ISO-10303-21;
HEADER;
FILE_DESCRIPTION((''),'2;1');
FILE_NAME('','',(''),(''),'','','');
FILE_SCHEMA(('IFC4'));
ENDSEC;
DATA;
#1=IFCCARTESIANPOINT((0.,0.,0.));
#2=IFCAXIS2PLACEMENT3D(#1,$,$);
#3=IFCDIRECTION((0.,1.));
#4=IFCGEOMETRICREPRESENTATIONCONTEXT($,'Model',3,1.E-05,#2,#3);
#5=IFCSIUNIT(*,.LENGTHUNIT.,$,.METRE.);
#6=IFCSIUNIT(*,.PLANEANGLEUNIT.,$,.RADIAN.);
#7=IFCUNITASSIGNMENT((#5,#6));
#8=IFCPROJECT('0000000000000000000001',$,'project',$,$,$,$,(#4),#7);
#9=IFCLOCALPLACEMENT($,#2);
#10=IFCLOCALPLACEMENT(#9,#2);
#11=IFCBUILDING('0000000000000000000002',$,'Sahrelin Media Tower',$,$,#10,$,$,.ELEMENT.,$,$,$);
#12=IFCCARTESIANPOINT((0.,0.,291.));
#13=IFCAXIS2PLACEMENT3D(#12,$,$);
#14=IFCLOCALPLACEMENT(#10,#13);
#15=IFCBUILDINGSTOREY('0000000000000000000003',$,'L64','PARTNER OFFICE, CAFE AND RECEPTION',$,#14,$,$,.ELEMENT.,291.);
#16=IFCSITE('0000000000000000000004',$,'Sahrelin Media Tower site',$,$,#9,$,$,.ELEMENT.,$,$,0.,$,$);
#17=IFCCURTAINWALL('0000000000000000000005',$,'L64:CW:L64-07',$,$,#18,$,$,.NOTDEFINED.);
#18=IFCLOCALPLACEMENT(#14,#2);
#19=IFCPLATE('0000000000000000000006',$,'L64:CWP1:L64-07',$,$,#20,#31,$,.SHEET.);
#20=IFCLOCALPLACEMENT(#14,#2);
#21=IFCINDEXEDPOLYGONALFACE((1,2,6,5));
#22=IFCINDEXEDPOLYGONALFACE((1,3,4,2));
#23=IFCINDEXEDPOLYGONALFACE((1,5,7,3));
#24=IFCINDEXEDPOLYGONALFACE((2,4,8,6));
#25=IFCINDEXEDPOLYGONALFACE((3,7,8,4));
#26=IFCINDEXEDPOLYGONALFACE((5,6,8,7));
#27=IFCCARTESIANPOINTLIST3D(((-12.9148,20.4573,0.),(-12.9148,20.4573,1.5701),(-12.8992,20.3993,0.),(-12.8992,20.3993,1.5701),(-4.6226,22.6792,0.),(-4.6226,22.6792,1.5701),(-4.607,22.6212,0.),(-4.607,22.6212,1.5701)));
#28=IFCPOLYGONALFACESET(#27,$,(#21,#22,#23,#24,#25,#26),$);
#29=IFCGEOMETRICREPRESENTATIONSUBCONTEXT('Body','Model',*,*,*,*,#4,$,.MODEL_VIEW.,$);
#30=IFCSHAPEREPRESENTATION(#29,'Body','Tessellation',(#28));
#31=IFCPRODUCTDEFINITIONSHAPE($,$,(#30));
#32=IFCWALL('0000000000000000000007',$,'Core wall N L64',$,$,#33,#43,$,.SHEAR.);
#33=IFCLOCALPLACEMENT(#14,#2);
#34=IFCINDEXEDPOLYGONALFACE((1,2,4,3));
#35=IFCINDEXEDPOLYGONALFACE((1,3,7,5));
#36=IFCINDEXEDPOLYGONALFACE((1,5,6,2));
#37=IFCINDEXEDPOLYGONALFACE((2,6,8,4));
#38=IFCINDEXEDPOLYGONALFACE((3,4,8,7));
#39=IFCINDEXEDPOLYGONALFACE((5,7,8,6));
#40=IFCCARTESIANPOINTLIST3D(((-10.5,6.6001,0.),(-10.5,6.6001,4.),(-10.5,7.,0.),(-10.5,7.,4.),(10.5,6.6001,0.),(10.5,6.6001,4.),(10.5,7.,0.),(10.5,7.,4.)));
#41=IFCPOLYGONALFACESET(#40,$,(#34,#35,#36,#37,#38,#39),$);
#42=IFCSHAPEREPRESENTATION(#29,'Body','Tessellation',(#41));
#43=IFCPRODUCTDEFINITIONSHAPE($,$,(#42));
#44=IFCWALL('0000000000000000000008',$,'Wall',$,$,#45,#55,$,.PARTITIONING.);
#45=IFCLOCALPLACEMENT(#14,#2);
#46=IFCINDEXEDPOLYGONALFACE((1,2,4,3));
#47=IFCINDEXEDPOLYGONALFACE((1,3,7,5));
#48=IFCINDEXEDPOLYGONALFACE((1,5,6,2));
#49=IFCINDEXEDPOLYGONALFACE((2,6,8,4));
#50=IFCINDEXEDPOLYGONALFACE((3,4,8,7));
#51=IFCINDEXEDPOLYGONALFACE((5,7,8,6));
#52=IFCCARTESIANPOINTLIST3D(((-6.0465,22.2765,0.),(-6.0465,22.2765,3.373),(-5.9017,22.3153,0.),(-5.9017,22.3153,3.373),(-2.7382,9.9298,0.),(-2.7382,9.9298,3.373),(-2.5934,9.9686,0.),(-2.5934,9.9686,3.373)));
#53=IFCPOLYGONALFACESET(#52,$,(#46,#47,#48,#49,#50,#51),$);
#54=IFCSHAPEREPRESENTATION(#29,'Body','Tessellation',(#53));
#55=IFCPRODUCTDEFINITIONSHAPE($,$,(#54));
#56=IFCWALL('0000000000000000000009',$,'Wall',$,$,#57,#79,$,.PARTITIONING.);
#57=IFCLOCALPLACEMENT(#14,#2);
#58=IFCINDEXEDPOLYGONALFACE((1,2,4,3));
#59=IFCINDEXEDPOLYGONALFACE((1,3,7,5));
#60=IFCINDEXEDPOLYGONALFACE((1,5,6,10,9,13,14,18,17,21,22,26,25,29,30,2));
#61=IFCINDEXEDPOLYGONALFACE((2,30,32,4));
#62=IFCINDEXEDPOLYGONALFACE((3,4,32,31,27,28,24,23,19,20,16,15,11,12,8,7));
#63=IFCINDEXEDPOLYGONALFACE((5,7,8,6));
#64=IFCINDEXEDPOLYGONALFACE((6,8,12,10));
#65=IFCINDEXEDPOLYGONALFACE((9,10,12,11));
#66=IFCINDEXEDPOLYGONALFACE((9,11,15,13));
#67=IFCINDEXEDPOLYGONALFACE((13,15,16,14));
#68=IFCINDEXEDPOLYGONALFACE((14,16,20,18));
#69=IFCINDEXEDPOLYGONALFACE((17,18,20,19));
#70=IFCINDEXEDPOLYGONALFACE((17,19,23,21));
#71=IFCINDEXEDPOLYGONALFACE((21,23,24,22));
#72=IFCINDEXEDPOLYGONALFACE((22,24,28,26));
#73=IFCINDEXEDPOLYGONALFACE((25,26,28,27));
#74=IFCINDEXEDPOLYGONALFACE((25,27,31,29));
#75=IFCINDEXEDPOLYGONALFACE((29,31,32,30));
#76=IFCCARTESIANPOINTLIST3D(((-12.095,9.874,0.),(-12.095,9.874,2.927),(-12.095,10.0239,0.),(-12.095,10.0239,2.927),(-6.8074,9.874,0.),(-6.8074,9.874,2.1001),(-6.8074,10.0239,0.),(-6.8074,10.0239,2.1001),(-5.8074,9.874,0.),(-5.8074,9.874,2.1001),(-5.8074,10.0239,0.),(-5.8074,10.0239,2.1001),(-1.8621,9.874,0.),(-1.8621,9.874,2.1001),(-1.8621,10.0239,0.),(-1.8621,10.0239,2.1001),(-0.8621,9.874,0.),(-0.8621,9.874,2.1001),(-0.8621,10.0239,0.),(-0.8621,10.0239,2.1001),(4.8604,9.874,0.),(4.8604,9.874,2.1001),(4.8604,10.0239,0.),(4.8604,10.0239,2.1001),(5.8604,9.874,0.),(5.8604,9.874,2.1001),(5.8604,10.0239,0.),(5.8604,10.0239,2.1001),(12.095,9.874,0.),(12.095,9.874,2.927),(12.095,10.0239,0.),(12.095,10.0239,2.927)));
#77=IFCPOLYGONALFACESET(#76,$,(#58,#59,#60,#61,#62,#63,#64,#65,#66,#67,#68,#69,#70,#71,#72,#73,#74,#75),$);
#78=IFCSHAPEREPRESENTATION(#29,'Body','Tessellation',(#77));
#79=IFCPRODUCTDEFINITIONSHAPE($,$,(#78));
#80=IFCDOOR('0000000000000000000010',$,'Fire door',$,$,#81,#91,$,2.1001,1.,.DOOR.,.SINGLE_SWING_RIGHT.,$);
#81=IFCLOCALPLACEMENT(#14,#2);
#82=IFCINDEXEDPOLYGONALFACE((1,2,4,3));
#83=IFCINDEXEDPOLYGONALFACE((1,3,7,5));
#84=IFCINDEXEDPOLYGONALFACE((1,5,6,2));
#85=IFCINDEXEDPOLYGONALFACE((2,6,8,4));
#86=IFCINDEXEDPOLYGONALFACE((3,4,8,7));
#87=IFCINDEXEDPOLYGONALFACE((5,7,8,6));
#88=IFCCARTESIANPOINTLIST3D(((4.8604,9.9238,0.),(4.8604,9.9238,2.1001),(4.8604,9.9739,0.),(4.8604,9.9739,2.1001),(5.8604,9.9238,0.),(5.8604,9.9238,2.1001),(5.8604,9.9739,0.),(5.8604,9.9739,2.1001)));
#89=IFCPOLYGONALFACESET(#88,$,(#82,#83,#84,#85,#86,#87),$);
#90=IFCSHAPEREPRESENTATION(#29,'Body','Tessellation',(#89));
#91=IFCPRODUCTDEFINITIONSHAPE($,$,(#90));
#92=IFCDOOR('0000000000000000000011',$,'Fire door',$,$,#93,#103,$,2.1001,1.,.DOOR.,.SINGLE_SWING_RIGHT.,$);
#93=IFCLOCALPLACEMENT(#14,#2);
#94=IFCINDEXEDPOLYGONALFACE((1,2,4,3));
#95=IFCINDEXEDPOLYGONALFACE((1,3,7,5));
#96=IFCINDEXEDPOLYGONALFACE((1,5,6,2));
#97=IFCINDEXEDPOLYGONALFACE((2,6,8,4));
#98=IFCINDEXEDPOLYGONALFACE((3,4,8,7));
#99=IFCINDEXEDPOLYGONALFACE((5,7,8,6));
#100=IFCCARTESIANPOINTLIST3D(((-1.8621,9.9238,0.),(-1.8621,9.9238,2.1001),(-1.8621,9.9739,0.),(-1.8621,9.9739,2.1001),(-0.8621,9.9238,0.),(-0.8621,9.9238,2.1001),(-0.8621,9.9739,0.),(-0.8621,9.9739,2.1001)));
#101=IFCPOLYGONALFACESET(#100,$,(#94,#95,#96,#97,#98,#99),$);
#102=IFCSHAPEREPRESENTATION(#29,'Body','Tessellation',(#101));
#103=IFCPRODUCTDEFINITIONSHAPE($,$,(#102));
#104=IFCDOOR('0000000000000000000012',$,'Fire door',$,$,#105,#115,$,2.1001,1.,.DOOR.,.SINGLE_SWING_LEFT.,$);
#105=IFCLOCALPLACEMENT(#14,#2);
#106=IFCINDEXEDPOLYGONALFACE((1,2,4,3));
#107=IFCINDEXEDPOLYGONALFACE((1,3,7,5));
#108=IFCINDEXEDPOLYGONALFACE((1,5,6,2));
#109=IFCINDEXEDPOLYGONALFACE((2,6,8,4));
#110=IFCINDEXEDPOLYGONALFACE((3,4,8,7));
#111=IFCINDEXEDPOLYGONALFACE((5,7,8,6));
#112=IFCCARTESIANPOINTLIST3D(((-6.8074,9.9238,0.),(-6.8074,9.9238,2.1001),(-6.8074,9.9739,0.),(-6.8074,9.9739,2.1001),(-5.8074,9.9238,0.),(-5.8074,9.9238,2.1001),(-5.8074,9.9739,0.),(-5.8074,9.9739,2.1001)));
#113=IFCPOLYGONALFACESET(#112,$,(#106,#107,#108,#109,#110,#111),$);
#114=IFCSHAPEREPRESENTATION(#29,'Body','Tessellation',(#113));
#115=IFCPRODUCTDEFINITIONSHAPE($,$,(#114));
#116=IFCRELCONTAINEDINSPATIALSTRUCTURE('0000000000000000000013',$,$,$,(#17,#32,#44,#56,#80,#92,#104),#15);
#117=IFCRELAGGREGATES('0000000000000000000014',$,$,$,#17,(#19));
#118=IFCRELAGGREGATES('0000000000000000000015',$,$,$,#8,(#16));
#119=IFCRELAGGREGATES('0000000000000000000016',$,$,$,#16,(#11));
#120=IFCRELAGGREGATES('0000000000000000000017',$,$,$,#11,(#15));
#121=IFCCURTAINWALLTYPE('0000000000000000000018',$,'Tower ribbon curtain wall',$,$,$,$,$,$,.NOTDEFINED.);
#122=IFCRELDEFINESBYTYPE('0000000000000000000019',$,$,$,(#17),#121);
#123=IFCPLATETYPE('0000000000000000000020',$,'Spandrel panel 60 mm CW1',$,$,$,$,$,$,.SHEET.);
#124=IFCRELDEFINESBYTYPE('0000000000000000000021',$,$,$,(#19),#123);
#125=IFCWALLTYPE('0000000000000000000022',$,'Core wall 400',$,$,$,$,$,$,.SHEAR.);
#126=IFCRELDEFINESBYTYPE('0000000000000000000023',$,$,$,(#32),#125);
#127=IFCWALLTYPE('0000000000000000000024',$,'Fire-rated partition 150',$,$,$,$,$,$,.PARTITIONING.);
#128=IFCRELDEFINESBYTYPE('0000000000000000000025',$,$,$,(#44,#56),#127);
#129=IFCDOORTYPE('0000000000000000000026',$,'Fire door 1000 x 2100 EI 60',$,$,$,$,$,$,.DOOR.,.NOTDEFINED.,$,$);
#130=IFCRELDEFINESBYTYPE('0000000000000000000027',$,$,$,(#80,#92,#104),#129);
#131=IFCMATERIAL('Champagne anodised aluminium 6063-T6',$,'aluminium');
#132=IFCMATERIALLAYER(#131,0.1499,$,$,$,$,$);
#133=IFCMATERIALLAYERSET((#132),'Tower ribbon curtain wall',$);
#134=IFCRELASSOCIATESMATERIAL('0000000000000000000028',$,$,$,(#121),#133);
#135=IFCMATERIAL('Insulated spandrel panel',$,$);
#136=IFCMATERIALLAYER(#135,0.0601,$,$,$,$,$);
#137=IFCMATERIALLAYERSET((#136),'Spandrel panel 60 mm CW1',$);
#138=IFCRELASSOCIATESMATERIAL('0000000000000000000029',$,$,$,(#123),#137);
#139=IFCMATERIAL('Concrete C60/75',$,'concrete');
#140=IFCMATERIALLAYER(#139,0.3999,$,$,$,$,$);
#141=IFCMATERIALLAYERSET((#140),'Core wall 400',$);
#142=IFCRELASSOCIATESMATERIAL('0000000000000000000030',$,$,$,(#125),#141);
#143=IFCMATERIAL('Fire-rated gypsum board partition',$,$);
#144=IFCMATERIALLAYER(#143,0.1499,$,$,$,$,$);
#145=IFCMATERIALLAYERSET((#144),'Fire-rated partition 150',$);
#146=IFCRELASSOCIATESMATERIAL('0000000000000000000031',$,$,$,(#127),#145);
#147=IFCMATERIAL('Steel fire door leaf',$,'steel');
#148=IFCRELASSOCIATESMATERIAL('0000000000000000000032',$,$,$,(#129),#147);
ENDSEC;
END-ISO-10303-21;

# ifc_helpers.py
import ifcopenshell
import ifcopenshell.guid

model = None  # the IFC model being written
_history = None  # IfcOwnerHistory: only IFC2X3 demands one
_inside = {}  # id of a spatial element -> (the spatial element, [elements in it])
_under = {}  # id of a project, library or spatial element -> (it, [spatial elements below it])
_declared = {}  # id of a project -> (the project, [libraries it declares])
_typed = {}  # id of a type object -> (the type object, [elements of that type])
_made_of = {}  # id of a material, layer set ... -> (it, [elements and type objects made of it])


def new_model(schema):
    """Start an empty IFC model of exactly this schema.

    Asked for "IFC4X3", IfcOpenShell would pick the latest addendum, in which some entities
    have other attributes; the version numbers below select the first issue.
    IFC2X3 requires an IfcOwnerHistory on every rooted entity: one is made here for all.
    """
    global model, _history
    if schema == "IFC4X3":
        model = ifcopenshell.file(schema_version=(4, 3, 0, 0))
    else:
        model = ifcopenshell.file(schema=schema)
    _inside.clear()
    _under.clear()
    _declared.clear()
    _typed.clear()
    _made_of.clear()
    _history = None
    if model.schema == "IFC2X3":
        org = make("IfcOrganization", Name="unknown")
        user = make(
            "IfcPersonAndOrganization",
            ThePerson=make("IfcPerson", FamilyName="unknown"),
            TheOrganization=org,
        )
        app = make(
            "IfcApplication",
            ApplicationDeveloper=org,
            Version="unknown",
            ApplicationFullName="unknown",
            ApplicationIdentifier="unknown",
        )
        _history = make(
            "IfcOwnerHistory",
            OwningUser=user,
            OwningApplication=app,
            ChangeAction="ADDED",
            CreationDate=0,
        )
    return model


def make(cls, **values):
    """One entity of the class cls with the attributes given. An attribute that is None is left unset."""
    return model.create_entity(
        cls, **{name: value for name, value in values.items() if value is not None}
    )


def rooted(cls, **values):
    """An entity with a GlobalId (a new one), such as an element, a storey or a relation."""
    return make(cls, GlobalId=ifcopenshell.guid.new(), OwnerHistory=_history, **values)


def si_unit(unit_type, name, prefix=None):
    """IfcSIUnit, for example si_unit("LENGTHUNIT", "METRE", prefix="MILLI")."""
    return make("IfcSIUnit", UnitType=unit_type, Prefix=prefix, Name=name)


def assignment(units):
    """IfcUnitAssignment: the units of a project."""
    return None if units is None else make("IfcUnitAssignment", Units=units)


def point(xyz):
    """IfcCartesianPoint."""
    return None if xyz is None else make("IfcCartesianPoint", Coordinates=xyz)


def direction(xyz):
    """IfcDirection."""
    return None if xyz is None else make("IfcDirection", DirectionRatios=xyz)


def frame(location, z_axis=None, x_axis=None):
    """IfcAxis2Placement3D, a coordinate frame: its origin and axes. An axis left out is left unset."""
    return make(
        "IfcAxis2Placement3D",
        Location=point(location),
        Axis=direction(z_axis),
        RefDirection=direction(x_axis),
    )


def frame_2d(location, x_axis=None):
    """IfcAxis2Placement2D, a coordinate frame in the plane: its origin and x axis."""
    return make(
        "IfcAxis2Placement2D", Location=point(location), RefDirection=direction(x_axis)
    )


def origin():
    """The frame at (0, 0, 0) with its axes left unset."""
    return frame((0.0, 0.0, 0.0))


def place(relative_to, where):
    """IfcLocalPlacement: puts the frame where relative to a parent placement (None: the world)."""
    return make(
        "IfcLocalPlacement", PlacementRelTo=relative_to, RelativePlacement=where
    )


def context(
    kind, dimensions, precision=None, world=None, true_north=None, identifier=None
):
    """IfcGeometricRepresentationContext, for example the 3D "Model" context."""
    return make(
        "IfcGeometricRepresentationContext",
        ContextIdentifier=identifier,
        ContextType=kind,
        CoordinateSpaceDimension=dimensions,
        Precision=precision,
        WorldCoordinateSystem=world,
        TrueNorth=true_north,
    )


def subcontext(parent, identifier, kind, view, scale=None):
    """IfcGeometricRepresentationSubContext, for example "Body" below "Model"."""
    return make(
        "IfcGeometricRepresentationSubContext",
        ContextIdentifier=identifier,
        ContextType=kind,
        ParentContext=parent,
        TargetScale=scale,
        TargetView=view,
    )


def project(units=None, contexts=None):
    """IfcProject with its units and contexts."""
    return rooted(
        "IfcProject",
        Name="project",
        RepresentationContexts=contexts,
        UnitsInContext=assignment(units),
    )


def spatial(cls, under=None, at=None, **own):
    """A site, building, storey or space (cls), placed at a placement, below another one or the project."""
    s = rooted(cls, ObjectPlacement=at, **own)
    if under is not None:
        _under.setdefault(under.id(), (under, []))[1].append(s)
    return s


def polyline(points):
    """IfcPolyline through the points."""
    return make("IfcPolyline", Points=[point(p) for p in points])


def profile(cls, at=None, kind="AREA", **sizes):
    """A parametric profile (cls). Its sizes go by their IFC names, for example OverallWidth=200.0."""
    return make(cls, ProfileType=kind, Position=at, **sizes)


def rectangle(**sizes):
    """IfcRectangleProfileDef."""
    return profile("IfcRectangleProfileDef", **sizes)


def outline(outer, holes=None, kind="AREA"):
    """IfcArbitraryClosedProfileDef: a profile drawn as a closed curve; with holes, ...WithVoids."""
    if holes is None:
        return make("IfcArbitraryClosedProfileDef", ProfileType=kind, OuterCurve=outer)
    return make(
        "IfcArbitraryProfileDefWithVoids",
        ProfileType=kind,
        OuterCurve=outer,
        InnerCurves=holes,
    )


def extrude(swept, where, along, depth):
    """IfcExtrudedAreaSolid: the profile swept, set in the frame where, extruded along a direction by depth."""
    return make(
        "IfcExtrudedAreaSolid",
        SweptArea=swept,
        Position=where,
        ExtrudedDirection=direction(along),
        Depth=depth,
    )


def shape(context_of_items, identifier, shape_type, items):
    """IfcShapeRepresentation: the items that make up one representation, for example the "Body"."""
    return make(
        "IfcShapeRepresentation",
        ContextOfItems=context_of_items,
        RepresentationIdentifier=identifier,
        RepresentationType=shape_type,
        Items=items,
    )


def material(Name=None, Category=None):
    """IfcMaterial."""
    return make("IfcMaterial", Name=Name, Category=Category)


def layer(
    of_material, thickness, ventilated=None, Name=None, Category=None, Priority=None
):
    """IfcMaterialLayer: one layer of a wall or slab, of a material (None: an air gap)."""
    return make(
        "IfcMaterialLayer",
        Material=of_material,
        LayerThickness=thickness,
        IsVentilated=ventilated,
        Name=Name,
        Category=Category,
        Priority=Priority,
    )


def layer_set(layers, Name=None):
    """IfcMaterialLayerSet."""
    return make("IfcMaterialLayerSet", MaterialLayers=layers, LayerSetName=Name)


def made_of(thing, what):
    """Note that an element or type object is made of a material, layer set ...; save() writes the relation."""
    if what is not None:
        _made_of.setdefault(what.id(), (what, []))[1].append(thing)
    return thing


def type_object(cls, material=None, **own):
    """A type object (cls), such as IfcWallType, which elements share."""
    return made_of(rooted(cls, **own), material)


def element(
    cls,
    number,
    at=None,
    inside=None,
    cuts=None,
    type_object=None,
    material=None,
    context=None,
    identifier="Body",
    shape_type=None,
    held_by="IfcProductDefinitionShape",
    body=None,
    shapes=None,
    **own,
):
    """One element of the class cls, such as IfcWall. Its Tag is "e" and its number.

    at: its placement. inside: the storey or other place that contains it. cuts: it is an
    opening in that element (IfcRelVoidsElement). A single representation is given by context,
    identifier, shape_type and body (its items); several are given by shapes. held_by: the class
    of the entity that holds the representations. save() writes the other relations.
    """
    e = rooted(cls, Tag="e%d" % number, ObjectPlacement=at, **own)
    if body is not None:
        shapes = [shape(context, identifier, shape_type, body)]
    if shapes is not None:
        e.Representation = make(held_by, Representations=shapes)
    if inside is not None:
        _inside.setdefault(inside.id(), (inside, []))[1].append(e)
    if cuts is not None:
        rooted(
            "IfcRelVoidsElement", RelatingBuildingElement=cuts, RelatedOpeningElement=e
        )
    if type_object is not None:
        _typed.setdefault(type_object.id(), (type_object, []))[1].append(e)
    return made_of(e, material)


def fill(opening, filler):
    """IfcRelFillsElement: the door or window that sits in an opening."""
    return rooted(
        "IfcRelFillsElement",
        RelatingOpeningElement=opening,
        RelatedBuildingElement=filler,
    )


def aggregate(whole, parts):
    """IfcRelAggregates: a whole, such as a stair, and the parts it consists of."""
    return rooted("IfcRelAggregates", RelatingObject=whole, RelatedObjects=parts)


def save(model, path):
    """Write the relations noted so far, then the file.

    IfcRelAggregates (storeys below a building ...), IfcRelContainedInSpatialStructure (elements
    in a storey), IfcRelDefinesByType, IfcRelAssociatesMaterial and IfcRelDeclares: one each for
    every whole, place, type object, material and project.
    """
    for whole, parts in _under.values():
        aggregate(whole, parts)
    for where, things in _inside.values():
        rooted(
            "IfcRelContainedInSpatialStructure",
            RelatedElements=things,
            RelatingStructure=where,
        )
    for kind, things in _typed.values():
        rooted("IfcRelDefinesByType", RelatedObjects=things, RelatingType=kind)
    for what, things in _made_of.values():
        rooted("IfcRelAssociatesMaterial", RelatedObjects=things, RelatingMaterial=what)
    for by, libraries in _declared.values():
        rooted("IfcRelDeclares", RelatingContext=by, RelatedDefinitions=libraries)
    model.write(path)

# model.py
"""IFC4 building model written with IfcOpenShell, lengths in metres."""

from ifc_helpers import new_model, si_unit, direction, frame, frame_2d, origin, place, context, subcontext, project, spatial, polyline, rectangle, outline, extrude, material, layer, layer_set, type_object, element, fill, aggregate, save


model = new_model("IFC4")

# Units and contexts
model_context = context("Model", 3, precision=1e-05, world=origin(), true_north=direction((0.0, 1.0)))
body_context = subcontext(model_context, "Body", "Model", "MODEL_VIEW")
ifc_project = project(units=[si_unit("LENGTHUNIT", "METRE"), si_unit("PLANEANGLEUNIT", "RADIAN")], contexts=[model_context])

# Site, building, storey
site_placement = place(None, origin())
site = spatial("IfcSite", under=ifc_project, at=site_placement, Name="Sahrelin Media Tower site", CompositionType="ELEMENT", RefElevation=0.0)
building_placement = place(site_placement, origin())
building = spatial("IfcBuilding", under=site, at=building_placement, Name="Sahrelin Media Tower", CompositionType="ELEMENT")
storey_placement = place(building_placement, frame((0.0, 0.0, 291.0)))
storey = spatial("IfcBuildingStorey", under=building, at=storey_placement, Name="L64", Description="PARTNER OFFICE, CAFE AND RECEPTION", CompositionType="ELEMENT", Elevation=291.0)

# Curtain wall
ifc_material_1 = material(Name="Champagne anodised aluminium 6063-T6", Category="aluminium")
ifc_layer_1 = layer(ifc_material_1, 0.1499)
ifc_layer_set_1 = layer_set([ifc_layer_1], Name="Tower ribbon curtain wall")
curtain_wall_type = type_object("IfcCurtainWallType", Name="Tower ribbon curtain wall", PredefinedType="NOTDEFINED", material=ifc_layer_set_1)
curtain_wall_1_placement = place(storey_placement, frame((-8.7634, 21.5488, 0.0), z_axis=(0.0, 0.0, 1.0), x_axis=(1.0, 0.0, 0.0)))
curtain_wall_1 = element("IfcCurtainWall", 1, at=curtain_wall_1_placement, inside=storey, type_object=curtain_wall_type, Name="L64:CW:L64-07", PredefinedType="NOTDEFINED")

# Plate
ifc_material_2 = material(Name="Insulated spandrel panel")
ifc_layer_2 = layer(ifc_material_2, 0.0601)
ifc_layer_set_2 = layer_set([ifc_layer_2], Name="Spandrel panel 60 mm CW1")
plate_type_1 = type_object("IfcPlateType", Name="Spandrel panel 60 mm CW1", PredefinedType="SHEET", material=ifc_layer_set_2)
plate_1_placement = place(storey_placement, frame((-4.6226, 22.6792, 0.0), z_axis=(-0.258822, 0.965925, 0.0), x_axis=(-0.965925, -0.258822, 0.0)))
plate_1 = element("IfcPlate", 2, at=plate_1_placement, type_object=plate_type_1, Name="L64:CWP1:L64-07", PredefinedType="SHEET", context=body_context, shape_type="SweptSolid", body=[
    extrude(outline(polyline([(0.0, 0.0), (8.5847, 0.0), (8.5847, 1.5701), (0.0, 1.5701), (0.0, 0.0)])), origin(), (0.0, 0.0, -1.0), 0.0601),
])
aggregate(curtain_wall_1, [plate_1])

# Walls
ifc_material_3 = material(Name="Concrete C60/75", Category="concrete")
ifc_layer_3 = layer(ifc_material_3, 0.3999)
ifc_layer_set_3 = layer_set([ifc_layer_3], Name="Core wall 400")
wall_type_1 = type_object("IfcWallType", Name="Core wall 400", PredefinedType="SHEAR", material=ifc_layer_set_3)
wall_1_placement = place(storey_placement, frame((-10.5, 6.8, 0.0), z_axis=(0.0, 0.0, 1.0), x_axis=(1.0, 0.0, 0.0)))
element("IfcWall", 3, at=wall_1_placement, inside=storey, type_object=wall_type_1, Name="Core wall N L64", PredefinedType="SHEAR", context=body_context, shape_type="SweptSolid", body=[
    extrude(rectangle(XDim=21.0, YDim=0.3999, at=frame_2d((10.5, 0.0))), origin(), (0.0, 0.0, 1.0), 4.0),
])
ifc_material_4 = material(Name="Fire-rated gypsum board partition")
ifc_layer_4 = layer(ifc_material_4, 0.1499)
ifc_layer_set_4 = layer_set([ifc_layer_4], Name="Fire-rated partition 150")
wall_type_2 = type_object("IfcWallType", Name="Fire-rated partition 150", PredefinedType="PARTITIONING", material=ifc_layer_set_4)
wall_2_placement = place(storey_placement, frame((-5.9741, 22.2959, 0.0), z_axis=(0.0, 0.0, 1.0), x_axis=(0.258824, -0.965925, 0.0)))
element("IfcWall", 4, at=wall_2_placement, inside=storey, type_object=wall_type_2, Name="Wall", PredefinedType="PARTITIONING", context=body_context, shape_type="SweptSolid", body=[
    extrude(rectangle(XDim=12.7822, YDim=0.1499, at=frame_2d((6.3911, 0.0))), origin(), (0.0, 0.0, 1.0), 3.373),
])

# Wall, openings, doors
wall_3_placement = place(storey_placement, frame((-12.095, 9.949, 0.0), z_axis=(0.0, 0.0, 1.0), x_axis=(1.0, 0.0, 0.0)))
wall_3 = element("IfcWall", 5, at=wall_3_placement, inside=storey, type_object=wall_type_2, Name="Wall", PredefinedType="PARTITIONING", context=body_context, shape_type="SweptSolid", body=[
    extrude(rectangle(XDim=24.1899, YDim=0.1499, at=frame_2d((12.095, 0.0))), origin(), (0.0, 0.0, 1.0), 2.927),
])
opening_1_placement = place(wall_3_placement, frame((16.9553, 0.0, 0.0)))
opening_1 = element("IfcOpeningElement", 6, at=opening_1_placement, cuts=wall_3, PredefinedType="OPENING", context=body_context, shape_type="SweptSolid", body=[
    extrude(rectangle(XDim=1.0, YDim=2.1001, at=frame_2d((0.5, 1.05))), frame((0.0, 0.075, 0.0), z_axis=(0.0, -1.0, 0.0), x_axis=(1.0, 0.0, 0.0)), (0.0, 0.0, 1.0), 0.1499),
])
opening_2_placement = place(wall_3_placement, frame((10.2329, 0.0, 0.0)))
opening_2 = element("IfcOpeningElement", 7, at=opening_2_placement, cuts=wall_3, PredefinedType="OPENING", context=body_context, shape_type="SweptSolid", body=[
    extrude(rectangle(XDim=1.0, YDim=2.1001, at=frame_2d((0.5, 1.05))), frame((0.0, 0.075, 0.0), z_axis=(0.0, -1.0, 0.0), x_axis=(1.0, 0.0, 0.0)), (0.0, 0.0, 1.0), 0.1499),
])
opening_3_placement = place(wall_3_placement, frame((5.2876, 0.0, 0.0)))
opening_3 = element("IfcOpeningElement", 8, at=opening_3_placement, cuts=wall_3, PredefinedType="OPENING", context=body_context, shape_type="SweptSolid", body=[
    extrude(rectangle(XDim=1.0, YDim=2.1001, at=frame_2d((0.5, 1.05))), frame((0.0, 0.075, 0.0), z_axis=(0.0, -1.0, 0.0), x_axis=(1.0, 0.0, 0.0)), (0.0, 0.0, 1.0), 0.1499),
])
ifc_material_5 = material(Name="Steel fire door leaf", Category="steel")
door_type = type_object("IfcDoorType", Name="Fire door 1000 x 2100 EI 60", OperationType="NOTDEFINED", PredefinedType="DOOR", material=ifc_material_5)
door_1_placement = place(opening_1_placement, origin())
door_1 = element("IfcDoor", 9, at=door_1_placement, inside=storey, type_object=door_type, Name="Fire door", OperationType="SINGLE_SWING_RIGHT", OverallHeight=2.1001, OverallWidth=1.0, PredefinedType="DOOR", context=body_context, shape_type="SweptSolid", body=[
    extrude(rectangle(XDim=1.0, YDim=2.1001, at=frame_2d((0.5, 1.05))), frame((0.0, 0.0249, 0.0), z_axis=(0.0, -1.0, 0.0), x_axis=(1.0, 0.0, 0.0)), (0.0, 0.0, 1.0), 0.05),
])
fill(opening_1, door_1)
door_2_placement = place(opening_2_placement, origin())
door_2 = element("IfcDoor", 10, at=door_2_placement, inside=storey, type_object=door_type, Name="Fire door", OperationType="SINGLE_SWING_RIGHT", OverallHeight=2.1001, OverallWidth=1.0, PredefinedType="DOOR", context=body_context, shape_type="SweptSolid", body=[
    extrude(rectangle(XDim=1.0, YDim=2.1001, at=frame_2d((0.5, 1.05))), frame((0.0, 0.0249, 0.0), z_axis=(0.0, -1.0, 0.0), x_axis=(1.0, 0.0, 0.0)), (0.0, 0.0, 1.0), 0.05),
])
fill(opening_2, door_2)
door_3_placement = place(opening_3_placement, origin())
door_3 = element("IfcDoor", 11, at=door_3_placement, inside=storey, type_object=door_type, Name="Fire door", OperationType="SINGLE_SWING_LEFT", OverallHeight=2.1001, OverallWidth=1.0, PredefinedType="DOOR", context=body_context, shape_type="SweptSolid", body=[
    extrude(rectangle(XDim=1.0, YDim=2.1001, at=frame_2d((0.5, 1.05))), frame((0.0, 0.0249, 0.0), z_axis=(0.0, -1.0, 0.0), x_axis=(1.0, 0.0, 0.0)), (0.0, 0.0, 1.0), 0.05),
])
fill(opening_3, door_3)

save(model, "model.ifc")
